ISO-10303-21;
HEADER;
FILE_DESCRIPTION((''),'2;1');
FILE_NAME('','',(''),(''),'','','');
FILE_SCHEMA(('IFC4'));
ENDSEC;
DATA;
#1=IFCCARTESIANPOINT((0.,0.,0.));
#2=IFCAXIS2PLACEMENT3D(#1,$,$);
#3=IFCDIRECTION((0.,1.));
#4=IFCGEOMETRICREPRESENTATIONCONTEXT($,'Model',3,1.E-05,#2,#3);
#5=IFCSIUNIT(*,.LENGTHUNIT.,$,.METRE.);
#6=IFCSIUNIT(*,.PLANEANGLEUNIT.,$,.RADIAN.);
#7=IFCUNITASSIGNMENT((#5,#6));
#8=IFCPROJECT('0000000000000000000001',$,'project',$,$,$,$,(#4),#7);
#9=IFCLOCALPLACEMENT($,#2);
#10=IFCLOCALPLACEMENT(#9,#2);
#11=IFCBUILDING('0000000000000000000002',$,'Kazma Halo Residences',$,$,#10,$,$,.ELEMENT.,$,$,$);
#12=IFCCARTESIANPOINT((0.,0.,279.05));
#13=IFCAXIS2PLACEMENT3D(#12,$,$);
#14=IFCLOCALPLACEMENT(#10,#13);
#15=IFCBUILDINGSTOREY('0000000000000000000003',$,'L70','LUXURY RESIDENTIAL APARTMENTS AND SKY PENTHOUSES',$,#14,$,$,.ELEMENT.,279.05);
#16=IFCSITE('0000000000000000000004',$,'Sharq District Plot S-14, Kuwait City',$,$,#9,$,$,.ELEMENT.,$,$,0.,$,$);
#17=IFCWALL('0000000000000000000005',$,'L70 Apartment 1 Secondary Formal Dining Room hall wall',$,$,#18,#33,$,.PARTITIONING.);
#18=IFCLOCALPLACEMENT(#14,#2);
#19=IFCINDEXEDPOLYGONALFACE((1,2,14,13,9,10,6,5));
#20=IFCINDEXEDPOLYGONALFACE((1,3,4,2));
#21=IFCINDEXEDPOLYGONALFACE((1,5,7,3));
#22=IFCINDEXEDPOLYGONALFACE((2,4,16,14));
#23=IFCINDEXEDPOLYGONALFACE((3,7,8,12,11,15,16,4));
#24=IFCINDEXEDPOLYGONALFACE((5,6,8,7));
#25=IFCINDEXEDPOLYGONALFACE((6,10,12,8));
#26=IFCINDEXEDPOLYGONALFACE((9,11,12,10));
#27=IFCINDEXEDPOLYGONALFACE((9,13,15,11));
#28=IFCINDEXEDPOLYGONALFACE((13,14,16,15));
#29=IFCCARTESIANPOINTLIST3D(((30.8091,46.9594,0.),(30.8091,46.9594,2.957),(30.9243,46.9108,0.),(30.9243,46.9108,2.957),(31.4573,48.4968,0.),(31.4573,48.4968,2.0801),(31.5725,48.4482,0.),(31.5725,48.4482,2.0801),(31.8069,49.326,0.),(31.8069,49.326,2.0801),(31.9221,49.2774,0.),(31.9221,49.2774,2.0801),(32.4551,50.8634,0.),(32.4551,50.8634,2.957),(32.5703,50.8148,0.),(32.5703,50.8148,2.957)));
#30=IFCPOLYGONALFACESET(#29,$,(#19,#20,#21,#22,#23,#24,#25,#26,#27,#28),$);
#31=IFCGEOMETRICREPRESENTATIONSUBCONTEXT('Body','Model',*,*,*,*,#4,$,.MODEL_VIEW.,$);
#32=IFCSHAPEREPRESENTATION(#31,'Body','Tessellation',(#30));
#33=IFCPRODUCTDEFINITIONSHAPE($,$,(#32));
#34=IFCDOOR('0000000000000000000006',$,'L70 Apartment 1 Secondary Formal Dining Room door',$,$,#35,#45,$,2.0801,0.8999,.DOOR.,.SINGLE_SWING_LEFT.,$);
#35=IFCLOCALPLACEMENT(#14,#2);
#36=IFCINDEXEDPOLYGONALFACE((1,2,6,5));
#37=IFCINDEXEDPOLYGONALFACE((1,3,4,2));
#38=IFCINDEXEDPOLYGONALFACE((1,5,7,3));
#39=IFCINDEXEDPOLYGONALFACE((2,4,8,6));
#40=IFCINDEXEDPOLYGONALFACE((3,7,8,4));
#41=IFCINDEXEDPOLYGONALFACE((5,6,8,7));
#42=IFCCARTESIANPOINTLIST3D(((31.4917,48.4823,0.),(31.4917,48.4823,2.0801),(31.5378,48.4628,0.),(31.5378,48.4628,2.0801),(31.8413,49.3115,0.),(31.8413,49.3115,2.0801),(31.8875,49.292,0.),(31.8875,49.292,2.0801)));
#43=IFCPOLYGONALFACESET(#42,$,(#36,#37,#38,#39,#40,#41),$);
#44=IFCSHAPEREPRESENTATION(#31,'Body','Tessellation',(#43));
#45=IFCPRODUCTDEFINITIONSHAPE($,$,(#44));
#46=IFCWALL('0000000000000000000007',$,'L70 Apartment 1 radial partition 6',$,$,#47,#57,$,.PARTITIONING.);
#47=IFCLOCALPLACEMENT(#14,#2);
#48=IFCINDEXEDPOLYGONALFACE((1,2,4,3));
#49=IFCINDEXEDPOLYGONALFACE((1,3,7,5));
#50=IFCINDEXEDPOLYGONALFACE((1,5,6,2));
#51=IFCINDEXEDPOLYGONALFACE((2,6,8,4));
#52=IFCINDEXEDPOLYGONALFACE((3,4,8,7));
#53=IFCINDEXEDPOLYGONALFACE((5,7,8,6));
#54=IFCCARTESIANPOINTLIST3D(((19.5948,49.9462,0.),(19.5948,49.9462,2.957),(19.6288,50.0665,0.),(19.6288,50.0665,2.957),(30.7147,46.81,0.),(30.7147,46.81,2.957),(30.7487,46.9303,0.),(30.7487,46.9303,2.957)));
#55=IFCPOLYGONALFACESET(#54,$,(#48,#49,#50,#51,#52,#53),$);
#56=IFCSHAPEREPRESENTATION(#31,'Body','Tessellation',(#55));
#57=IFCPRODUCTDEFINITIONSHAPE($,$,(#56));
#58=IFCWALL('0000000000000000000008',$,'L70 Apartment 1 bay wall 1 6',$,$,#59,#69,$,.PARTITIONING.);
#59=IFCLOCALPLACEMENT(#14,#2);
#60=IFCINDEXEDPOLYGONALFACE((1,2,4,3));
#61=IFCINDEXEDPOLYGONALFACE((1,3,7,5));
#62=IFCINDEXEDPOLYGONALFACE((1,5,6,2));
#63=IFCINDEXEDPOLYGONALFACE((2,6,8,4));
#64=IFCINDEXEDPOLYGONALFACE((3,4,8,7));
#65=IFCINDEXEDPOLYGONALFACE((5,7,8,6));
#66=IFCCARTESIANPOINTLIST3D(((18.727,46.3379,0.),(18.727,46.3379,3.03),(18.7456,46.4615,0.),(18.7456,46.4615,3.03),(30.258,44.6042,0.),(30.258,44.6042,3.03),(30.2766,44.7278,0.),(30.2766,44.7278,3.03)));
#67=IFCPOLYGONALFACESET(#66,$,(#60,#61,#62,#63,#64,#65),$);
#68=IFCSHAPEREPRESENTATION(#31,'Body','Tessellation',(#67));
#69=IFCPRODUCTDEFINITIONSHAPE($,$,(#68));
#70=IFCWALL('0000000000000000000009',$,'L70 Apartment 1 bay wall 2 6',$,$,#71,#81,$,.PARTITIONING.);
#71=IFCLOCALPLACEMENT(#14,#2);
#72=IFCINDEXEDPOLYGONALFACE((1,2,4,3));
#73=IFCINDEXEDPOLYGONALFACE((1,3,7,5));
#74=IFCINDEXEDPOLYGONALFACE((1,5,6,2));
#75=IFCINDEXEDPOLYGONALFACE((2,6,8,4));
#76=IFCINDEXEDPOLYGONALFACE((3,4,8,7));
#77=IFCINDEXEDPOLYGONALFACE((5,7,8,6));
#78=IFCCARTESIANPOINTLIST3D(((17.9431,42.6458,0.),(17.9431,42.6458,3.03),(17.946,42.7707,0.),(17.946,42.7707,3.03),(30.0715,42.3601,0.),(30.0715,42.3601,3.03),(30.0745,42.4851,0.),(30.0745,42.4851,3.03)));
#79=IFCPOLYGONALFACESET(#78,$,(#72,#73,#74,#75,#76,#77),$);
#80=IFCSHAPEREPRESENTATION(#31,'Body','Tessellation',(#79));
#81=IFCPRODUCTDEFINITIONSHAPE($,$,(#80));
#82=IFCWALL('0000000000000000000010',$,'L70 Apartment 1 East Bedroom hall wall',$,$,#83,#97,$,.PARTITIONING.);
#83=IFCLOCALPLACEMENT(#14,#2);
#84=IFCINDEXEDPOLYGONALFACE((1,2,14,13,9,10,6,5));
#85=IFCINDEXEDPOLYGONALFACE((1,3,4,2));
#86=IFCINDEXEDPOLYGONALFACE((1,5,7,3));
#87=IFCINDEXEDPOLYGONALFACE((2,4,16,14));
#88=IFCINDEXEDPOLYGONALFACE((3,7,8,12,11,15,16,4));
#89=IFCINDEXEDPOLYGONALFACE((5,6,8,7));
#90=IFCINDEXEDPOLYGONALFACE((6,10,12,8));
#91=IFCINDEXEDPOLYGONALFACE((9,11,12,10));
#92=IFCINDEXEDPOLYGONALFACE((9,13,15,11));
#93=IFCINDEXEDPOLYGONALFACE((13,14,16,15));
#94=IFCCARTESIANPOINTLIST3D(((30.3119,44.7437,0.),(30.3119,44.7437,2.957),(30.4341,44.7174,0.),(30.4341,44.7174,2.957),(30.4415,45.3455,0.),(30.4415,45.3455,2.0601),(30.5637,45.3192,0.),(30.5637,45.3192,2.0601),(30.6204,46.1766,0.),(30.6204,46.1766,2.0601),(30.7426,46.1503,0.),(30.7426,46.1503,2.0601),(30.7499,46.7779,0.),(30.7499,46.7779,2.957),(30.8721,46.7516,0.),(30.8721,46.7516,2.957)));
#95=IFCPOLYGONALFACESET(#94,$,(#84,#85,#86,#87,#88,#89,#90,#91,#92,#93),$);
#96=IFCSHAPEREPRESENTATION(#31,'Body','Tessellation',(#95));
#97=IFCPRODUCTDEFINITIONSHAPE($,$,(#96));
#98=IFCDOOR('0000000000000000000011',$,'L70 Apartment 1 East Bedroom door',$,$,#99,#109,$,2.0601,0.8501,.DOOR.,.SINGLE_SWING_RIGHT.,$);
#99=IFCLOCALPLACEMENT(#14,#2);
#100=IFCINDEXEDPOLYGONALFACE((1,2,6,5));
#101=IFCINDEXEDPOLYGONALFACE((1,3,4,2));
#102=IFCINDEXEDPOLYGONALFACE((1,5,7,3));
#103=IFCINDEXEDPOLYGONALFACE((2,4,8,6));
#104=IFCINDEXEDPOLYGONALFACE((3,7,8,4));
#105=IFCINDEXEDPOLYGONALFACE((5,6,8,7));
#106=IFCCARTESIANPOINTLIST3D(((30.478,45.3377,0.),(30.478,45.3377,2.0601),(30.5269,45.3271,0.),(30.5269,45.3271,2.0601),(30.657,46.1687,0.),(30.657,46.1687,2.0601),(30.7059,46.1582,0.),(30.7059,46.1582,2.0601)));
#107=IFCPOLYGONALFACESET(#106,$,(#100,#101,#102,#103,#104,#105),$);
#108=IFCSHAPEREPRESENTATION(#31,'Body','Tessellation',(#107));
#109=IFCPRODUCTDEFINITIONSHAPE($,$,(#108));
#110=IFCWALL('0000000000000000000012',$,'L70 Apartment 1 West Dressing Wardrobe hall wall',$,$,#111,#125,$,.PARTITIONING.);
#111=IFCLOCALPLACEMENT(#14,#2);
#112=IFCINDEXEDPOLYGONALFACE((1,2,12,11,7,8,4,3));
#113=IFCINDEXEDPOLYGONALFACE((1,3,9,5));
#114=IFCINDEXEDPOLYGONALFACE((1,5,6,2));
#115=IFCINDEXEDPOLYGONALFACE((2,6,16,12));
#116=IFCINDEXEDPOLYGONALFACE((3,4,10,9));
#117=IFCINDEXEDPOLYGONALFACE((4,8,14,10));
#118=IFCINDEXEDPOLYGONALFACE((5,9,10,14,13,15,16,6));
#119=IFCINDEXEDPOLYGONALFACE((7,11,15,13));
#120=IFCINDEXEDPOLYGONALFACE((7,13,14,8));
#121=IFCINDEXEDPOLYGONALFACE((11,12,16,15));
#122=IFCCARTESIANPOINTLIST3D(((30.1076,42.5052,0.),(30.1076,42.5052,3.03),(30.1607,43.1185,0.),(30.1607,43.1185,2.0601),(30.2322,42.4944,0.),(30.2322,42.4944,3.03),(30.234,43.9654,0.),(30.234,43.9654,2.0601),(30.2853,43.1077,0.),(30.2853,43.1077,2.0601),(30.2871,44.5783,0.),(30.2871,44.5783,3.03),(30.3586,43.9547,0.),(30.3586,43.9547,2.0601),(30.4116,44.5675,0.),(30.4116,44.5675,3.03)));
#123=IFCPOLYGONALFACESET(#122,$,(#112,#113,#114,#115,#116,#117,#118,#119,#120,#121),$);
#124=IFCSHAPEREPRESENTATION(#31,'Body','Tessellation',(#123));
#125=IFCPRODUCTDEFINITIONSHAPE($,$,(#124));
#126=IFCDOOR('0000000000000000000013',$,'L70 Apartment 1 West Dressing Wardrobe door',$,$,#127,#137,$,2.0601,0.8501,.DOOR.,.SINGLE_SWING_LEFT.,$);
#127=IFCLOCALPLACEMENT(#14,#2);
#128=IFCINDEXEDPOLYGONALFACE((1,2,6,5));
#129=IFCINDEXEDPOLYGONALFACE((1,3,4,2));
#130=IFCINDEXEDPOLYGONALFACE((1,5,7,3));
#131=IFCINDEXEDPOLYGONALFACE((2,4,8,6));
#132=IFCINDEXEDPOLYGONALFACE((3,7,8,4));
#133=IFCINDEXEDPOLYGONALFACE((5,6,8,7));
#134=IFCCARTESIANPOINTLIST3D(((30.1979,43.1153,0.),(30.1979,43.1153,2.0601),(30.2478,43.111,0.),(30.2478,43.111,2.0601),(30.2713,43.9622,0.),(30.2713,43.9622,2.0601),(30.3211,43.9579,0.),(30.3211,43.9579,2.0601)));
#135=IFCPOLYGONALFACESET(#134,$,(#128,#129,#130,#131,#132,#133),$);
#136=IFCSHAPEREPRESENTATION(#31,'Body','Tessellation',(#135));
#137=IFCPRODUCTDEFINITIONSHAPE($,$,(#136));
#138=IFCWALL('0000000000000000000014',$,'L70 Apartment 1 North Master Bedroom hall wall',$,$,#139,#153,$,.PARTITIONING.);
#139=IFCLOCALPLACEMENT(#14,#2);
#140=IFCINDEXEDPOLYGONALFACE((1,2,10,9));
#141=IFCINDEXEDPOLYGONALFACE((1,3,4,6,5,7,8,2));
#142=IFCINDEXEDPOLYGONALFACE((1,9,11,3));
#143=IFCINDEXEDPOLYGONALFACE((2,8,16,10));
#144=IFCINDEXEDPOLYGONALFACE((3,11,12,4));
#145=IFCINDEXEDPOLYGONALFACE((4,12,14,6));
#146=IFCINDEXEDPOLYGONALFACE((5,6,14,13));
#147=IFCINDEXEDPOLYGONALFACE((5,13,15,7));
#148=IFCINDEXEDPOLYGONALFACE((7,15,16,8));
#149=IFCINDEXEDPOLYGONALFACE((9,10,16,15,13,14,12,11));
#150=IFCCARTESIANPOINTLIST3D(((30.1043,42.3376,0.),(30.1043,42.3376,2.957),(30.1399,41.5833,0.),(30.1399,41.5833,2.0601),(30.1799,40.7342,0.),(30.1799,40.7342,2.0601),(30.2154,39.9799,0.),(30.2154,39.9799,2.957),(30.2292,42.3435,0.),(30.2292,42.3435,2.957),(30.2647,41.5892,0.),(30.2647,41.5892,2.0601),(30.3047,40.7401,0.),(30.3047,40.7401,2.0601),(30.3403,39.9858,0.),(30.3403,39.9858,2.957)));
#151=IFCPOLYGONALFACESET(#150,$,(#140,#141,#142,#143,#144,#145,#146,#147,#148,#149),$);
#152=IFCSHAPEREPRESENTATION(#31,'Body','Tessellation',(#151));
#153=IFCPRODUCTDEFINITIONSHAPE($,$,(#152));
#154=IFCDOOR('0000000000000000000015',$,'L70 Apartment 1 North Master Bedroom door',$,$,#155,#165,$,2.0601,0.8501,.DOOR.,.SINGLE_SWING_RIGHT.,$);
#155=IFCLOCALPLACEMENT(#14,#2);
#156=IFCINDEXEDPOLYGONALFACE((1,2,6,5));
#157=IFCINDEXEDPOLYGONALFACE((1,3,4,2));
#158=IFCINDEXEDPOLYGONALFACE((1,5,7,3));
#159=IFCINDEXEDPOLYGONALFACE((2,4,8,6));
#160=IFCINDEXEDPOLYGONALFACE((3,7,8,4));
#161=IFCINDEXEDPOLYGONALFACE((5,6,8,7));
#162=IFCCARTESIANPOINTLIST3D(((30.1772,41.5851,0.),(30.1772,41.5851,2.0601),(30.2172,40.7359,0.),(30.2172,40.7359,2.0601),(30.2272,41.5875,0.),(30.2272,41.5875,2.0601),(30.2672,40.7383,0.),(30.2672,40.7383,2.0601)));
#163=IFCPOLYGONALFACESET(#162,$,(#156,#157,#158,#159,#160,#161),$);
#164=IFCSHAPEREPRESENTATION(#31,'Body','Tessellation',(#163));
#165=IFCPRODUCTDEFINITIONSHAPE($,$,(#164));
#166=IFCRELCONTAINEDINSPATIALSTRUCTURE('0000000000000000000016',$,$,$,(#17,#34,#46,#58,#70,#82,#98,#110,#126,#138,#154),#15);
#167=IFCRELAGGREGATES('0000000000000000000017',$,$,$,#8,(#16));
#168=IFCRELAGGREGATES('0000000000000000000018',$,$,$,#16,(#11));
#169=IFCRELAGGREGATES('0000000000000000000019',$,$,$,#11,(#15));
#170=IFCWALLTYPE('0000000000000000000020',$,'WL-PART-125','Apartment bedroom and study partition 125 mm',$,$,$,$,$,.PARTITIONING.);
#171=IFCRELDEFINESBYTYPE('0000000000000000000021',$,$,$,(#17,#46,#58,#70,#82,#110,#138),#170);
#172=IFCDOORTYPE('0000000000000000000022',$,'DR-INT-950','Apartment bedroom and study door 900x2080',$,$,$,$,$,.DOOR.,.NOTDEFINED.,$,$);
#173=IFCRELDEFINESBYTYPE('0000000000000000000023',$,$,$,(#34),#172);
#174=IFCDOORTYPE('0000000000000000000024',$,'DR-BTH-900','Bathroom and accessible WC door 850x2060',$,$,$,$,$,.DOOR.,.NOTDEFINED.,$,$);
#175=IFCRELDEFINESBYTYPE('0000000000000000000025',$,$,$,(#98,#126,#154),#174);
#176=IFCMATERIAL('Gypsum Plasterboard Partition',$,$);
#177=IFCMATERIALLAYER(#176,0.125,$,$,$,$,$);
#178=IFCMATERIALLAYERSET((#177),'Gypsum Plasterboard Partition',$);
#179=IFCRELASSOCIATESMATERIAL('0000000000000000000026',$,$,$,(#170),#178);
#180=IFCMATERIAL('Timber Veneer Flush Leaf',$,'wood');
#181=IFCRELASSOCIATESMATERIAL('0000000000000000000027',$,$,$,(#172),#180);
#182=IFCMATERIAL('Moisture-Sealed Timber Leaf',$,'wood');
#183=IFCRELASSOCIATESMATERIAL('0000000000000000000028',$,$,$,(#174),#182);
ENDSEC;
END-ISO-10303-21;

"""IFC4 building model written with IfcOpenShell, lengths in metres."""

from ifc_helpers import new_model, si_unit, direction, frame, frame_2d, origin, place, context, subcontext, project, spatial, rectangle, extrude, material, layer, layer_set, type_object, element, fill, save


model = new_model("IFC4")

# Units and contexts
model_context = context("Model", 3, precision=1e-05, world=origin(), true_north=direction((0.0, 1.0)))
body_context = subcontext(model_context, "Body", "Model", "MODEL_VIEW")
ifc_project = project(units=[si_unit("LENGTHUNIT", "METRE"), si_unit("PLANEANGLEUNIT", "RADIAN")], contexts=[model_context])

# Site, building, storey
site_placement = place(None, origin())
site = spatial("IfcSite", under=ifc_project, at=site_placement, Name="Sharq District Plot S-14, Kuwait City", CompositionType="ELEMENT", RefElevation=0.0)
building_placement = place(site_placement, origin())
building = spatial("IfcBuilding", under=site, at=building_placement, Name="Kazma Halo Residences", CompositionType="ELEMENT")
storey_placement = place(building_placement, frame((0.0, 0.0, 279.05)))
storey = spatial("IfcBuildingStorey", under=building, at=storey_placement, Name="L70", Description="LUXURY RESIDENTIAL APARTMENTS AND SKY PENTHOUSES", CompositionType="ELEMENT", Elevation=279.05)

# Wall, opening, door
ifc_material_1 = material(Name="Gypsum Plasterboard Partition")
ifc_layer_1 = layer(ifc_material_1, 0.125)
ifc_layer_set_1 = layer_set([ifc_layer_1], Name="Gypsum Plasterboard Partition")
wall_type_1 = type_object("IfcWallType", Name="WL-PART-125", Description="Apartment bedroom and study partition 125 mm", PredefinedType="PARTITIONING", material=ifc_layer_set_1)
wall_1_placement = place(storey_placement, frame((32.5127, 50.8391, 0.0), z_axis=(0.0, 0.0, 1.0), x_axis=(-0.388495, -0.921451, 0.0)))
wall_1 = element("IfcWall", 1, at=wall_1_placement, inside=storey, type_object=wall_type_1, Name="L70 Apartment 1 Secondary Formal Dining Room hall wall", PredefinedType="PARTITIONING", context=body_context, shape_type="SweptSolid", body=[
    extrude(rectangle(XDim=4.2368, YDim=0.125, at=frame_2d((2.1184, 0.0))), origin(), (0.0, 0.0, 1.0), 2.957),
])
opening_1_placement = place(wall_1_placement, frame((1.6685, 0.0, 0.0)))
opening_1 = element("IfcOpeningElement", 2, at=opening_1_placement, cuts=wall_1, PredefinedType="OPENING", context=body_context, shape_type="SweptSolid", body=[
    extrude(rectangle(XDim=0.8999, YDim=2.0801, at=frame_2d((0.45, 1.04))), frame((0.0, 0.0725, 0.0), z_axis=(0.0, -1.0, 0.0), x_axis=(1.0, 0.0, 0.0)), (0.0, 0.0, 1.0), 0.145),
])
ifc_material_2 = material(Name="Timber Veneer Flush Leaf", Category="wood")
door_type_1 = type_object("IfcDoorType", Name="DR-INT-950", Description="Apartment bedroom and study door 900x2080", OperationType="NOTDEFINED", PredefinedType="DOOR", material=ifc_material_2)
door_1_placement = place(opening_1_placement, origin())
door_1 = element("IfcDoor", 3, at=door_1_placement, inside=storey, type_object=door_type_1, Name="L70 Apartment 1 Secondary Formal Dining Room door", OperationType="SINGLE_SWING_LEFT", OverallHeight=2.0801, OverallWidth=0.8999, PredefinedType="DOOR", context=body_context, shape_type="SweptSolid", body=[
    extrude(rectangle(XDim=0.8999, YDim=2.0801, at=frame_2d((0.45, 1.04))), frame((0.0, 0.0249, 0.0), z_axis=(0.0, -1.0, 0.0), x_axis=(1.0, 0.0, 0.0)), (0.0, 0.0, 1.0), 0.05),
])
fill(opening_1, door_1)

# Walls
wall_2_placement = place(storey_placement, frame((30.7317, 46.8701, 0.0), z_axis=(0.0, 0.0, 1.0), x_axis=(-0.962453, 0.271449, 0.0)))
element("IfcWall", 4, at=wall_2_placement, inside=storey, type_object=wall_type_1, Name="L70 Apartment 1 radial partition 6", PredefinedType="PARTITIONING", context=body_context, shape_type="SweptSolid", body=[
    extrude(rectangle(XDim=11.5537, YDim=0.125, at=frame_2d((5.7769, 0.0))), origin(), (0.0, 0.0, 1.0), 2.957),
])
wall_3_placement = place(storey_placement, frame((30.2673, 44.666, 0.0), z_axis=(0.0, 0.0, 1.0), x_axis=(-0.988886, 0.148675, 0.0)))
element("IfcWall", 5, at=wall_3_placement, inside=storey, type_object=wall_type_1, Name="L70 Apartment 1 bay wall 1 6", PredefinedType="PARTITIONING", context=body_context, shape_type="SweptSolid", body=[
    extrude(rectangle(XDim=11.6606, YDim=0.125, at=frame_2d((5.8303, 0.0))), origin(), (0.0, 0.0, 1.0), 3.03),
])
wall_4_placement = place(storey_placement, frame((30.073, 42.4226, 0.0), z_axis=(0.0, 0.0, 1.0), x_axis=(-0.999723, 0.023545, 0.0)))
element("IfcWall", 6, at=wall_4_placement, inside=storey, type_object=wall_type_1, Name="L70 Apartment 1 bay wall 2 6", PredefinedType="PARTITIONING", context=body_context, shape_type="SweptSolid", body=[
    extrude(rectangle(XDim=12.1318, YDim=0.125, at=frame_2d((6.0659, 0.0))), origin(), (0.0, 0.0, 1.0), 3.03),
])

# Walls, openings, doors
wall_5_placement = place(storey_placement, frame((30.811, 46.7649, 0.0), z_axis=(0.0, 0.0, 1.0), x_axis=(-0.210491, -0.977596, 0.0)))
wall_5 = element("IfcWall", 7, at=wall_5_placement, inside=storey, type_object=wall_type_1, Name="L70 Apartment 1 East Bedroom hall wall", PredefinedType="PARTITIONING", context=body_context, shape_type="SweptSolid", body=[
    extrude(rectangle(XDim=2.0808, YDim=0.125, at=frame_2d((1.0405, 0.0))), origin(), (0.0, 0.0, 1.0), 2.957),
])
opening_2_placement = place(wall_5_placement, frame((0.6152, 0.0, 0.0)))
opening_2 = element("IfcOpeningElement", 8, at=opening_2_placement, cuts=wall_5, PredefinedType="OPENING", context=body_context, shape_type="SweptSolid", body=[
    extrude(rectangle(XDim=0.8501, YDim=2.0601, at=frame_2d((0.425, 1.03))), frame((0.0, 0.0725, 0.0), z_axis=(0.0, -1.0, 0.0), x_axis=(1.0, 0.0, 0.0)), (0.0, 0.0, 1.0), 0.145),
])
ifc_material_3 = material(Name="Moisture-Sealed Timber Leaf", Category="wood")
door_type_2 = type_object("IfcDoorType", Name="DR-BTH-900", Description="Bathroom and accessible WC door 850x2060", OperationType="NOTDEFINED", PredefinedType="DOOR", material=ifc_material_3)
door_2_placement = place(opening_2_placement, origin())
door_2 = element("IfcDoor", 9, at=door_2_placement, inside=storey, type_object=door_type_2, Name="L70 Apartment 1 East Bedroom door", OperationType="SINGLE_SWING_RIGHT", OverallHeight=2.0601, OverallWidth=0.8501, PredefinedType="DOOR", context=body_context, shape_type="SweptSolid", body=[
    extrude(rectangle(XDim=0.8501, YDim=2.0601, at=frame_2d((0.425, 1.03))), frame((0.0, 0.0249, 0.0), z_axis=(0.0, -1.0, 0.0), x_axis=(1.0, 0.0, 0.0)), (0.0, 0.0, 1.0), 0.05),
])
fill(opening_2, door_2)
wall_6_placement = place(storey_placement, frame((30.3494, 44.573, 0.0), z_axis=(0.0, 0.0, 1.0), x_axis=(-0.08624, -0.996274, 0.0)))
wall_6 = element("IfcWall", 10, at=wall_6_placement, inside=storey, type_object=wall_type_1, Name="L70 Apartment 1 West Dressing Wardrobe hall wall", PredefinedType="PARTITIONING", context=body_context, shape_type="SweptSolid", body=[
    extrude(rectangle(XDim=2.0808, YDim=0.125, at=frame_2d((1.0405, 0.0))), origin(), (0.0, 0.0, 1.0), 3.03),
])
opening_3_placement = place(wall_6_placement, frame((0.6152, 0.0, 0.0)))
opening_3 = element("IfcOpeningElement", 11, at=opening_3_placement, cuts=wall_6, PredefinedType="OPENING", context=body_context, shape_type="SweptSolid", body=[
    extrude(rectangle(XDim=0.8501, YDim=2.0601, at=frame_2d((0.425, 1.03))), frame((0.0, 0.0725, 0.0), z_axis=(0.0, -1.0, 0.0), x_axis=(1.0, 0.0, 0.0)), (0.0, 0.0, 1.0), 0.145),
])
door_3_placement = place(opening_3_placement, origin())
door_3 = element("IfcDoor", 12, at=door_3_placement, inside=storey, type_object=door_type_2, Name="L70 Apartment 1 West Dressing Wardrobe door", OperationType="SINGLE_SWING_LEFT", OverallHeight=2.0601, OverallWidth=0.8501, PredefinedType="DOOR", context=body_context, shape_type="SweptSolid", body=[
    extrude(rectangle(XDim=0.8501, YDim=2.0601, at=frame_2d((0.425, 1.03))), frame((0.0, 0.0249, 0.0), z_axis=(0.0, -1.0, 0.0), x_axis=(1.0, 0.0, 0.0)), (0.0, 0.0, 1.0), 0.05),
])
fill(opening_3, door_3)
wall_7_placement = place(storey_placement, frame((30.1667, 42.3406, 0.0), z_axis=(0.0, 0.0, 1.0), x_axis=(0.047064, -0.998892, 0.0)))
wall_7 = element("IfcWall", 13, at=wall_7_placement, inside=storey, type_object=wall_type_1, Name="L70 Apartment 1 North Master Bedroom hall wall", PredefinedType="PARTITIONING", context=body_context, shape_type="SweptSolid", body=[
    extrude(rectangle(XDim=2.3604, YDim=0.125, at=frame_2d((1.1802, 0.0))), origin(), (0.0, 0.0, 1.0), 2.957),
])
opening_4_placement = place(wall_7_placement, frame((0.7551, 0.0, 0.0)))
opening_4 = element("IfcOpeningElement", 14, at=opening_4_placement, cuts=wall_7, PredefinedType="OPENING", context=body_context, shape_type="SweptSolid", body=[
    extrude(rectangle(XDim=0.8501, YDim=2.0601, at=frame_2d((0.425, 1.03))), frame((0.0, 0.0725, 0.0), z_axis=(0.0, -1.0, 0.0), x_axis=(1.0, 0.0, 0.0)), (0.0, 0.0, 1.0), 0.145),
])
door_4_placement = place(opening_4_placement, origin())
door_4 = element("IfcDoor", 15, at=door_4_placement, inside=storey, type_object=door_type_2, Name="L70 Apartment 1 North Master Bedroom door", OperationType="SINGLE_SWING_RIGHT", OverallHeight=2.0601, OverallWidth=0.8501, PredefinedType="DOOR", context=body_context, shape_type="SweptSolid", body=[
    extrude(rectangle(XDim=0.8501, YDim=2.0601, at=frame_2d((0.425, 1.03))), frame((0.0, 0.0249, 0.0), z_axis=(0.0, -1.0, 0.0), x_axis=(1.0, 0.0, 0.0)), (0.0, 0.0, 1.0), 0.05),
])
fill(opening_4, door_4)

save(model, "model.ifc")
